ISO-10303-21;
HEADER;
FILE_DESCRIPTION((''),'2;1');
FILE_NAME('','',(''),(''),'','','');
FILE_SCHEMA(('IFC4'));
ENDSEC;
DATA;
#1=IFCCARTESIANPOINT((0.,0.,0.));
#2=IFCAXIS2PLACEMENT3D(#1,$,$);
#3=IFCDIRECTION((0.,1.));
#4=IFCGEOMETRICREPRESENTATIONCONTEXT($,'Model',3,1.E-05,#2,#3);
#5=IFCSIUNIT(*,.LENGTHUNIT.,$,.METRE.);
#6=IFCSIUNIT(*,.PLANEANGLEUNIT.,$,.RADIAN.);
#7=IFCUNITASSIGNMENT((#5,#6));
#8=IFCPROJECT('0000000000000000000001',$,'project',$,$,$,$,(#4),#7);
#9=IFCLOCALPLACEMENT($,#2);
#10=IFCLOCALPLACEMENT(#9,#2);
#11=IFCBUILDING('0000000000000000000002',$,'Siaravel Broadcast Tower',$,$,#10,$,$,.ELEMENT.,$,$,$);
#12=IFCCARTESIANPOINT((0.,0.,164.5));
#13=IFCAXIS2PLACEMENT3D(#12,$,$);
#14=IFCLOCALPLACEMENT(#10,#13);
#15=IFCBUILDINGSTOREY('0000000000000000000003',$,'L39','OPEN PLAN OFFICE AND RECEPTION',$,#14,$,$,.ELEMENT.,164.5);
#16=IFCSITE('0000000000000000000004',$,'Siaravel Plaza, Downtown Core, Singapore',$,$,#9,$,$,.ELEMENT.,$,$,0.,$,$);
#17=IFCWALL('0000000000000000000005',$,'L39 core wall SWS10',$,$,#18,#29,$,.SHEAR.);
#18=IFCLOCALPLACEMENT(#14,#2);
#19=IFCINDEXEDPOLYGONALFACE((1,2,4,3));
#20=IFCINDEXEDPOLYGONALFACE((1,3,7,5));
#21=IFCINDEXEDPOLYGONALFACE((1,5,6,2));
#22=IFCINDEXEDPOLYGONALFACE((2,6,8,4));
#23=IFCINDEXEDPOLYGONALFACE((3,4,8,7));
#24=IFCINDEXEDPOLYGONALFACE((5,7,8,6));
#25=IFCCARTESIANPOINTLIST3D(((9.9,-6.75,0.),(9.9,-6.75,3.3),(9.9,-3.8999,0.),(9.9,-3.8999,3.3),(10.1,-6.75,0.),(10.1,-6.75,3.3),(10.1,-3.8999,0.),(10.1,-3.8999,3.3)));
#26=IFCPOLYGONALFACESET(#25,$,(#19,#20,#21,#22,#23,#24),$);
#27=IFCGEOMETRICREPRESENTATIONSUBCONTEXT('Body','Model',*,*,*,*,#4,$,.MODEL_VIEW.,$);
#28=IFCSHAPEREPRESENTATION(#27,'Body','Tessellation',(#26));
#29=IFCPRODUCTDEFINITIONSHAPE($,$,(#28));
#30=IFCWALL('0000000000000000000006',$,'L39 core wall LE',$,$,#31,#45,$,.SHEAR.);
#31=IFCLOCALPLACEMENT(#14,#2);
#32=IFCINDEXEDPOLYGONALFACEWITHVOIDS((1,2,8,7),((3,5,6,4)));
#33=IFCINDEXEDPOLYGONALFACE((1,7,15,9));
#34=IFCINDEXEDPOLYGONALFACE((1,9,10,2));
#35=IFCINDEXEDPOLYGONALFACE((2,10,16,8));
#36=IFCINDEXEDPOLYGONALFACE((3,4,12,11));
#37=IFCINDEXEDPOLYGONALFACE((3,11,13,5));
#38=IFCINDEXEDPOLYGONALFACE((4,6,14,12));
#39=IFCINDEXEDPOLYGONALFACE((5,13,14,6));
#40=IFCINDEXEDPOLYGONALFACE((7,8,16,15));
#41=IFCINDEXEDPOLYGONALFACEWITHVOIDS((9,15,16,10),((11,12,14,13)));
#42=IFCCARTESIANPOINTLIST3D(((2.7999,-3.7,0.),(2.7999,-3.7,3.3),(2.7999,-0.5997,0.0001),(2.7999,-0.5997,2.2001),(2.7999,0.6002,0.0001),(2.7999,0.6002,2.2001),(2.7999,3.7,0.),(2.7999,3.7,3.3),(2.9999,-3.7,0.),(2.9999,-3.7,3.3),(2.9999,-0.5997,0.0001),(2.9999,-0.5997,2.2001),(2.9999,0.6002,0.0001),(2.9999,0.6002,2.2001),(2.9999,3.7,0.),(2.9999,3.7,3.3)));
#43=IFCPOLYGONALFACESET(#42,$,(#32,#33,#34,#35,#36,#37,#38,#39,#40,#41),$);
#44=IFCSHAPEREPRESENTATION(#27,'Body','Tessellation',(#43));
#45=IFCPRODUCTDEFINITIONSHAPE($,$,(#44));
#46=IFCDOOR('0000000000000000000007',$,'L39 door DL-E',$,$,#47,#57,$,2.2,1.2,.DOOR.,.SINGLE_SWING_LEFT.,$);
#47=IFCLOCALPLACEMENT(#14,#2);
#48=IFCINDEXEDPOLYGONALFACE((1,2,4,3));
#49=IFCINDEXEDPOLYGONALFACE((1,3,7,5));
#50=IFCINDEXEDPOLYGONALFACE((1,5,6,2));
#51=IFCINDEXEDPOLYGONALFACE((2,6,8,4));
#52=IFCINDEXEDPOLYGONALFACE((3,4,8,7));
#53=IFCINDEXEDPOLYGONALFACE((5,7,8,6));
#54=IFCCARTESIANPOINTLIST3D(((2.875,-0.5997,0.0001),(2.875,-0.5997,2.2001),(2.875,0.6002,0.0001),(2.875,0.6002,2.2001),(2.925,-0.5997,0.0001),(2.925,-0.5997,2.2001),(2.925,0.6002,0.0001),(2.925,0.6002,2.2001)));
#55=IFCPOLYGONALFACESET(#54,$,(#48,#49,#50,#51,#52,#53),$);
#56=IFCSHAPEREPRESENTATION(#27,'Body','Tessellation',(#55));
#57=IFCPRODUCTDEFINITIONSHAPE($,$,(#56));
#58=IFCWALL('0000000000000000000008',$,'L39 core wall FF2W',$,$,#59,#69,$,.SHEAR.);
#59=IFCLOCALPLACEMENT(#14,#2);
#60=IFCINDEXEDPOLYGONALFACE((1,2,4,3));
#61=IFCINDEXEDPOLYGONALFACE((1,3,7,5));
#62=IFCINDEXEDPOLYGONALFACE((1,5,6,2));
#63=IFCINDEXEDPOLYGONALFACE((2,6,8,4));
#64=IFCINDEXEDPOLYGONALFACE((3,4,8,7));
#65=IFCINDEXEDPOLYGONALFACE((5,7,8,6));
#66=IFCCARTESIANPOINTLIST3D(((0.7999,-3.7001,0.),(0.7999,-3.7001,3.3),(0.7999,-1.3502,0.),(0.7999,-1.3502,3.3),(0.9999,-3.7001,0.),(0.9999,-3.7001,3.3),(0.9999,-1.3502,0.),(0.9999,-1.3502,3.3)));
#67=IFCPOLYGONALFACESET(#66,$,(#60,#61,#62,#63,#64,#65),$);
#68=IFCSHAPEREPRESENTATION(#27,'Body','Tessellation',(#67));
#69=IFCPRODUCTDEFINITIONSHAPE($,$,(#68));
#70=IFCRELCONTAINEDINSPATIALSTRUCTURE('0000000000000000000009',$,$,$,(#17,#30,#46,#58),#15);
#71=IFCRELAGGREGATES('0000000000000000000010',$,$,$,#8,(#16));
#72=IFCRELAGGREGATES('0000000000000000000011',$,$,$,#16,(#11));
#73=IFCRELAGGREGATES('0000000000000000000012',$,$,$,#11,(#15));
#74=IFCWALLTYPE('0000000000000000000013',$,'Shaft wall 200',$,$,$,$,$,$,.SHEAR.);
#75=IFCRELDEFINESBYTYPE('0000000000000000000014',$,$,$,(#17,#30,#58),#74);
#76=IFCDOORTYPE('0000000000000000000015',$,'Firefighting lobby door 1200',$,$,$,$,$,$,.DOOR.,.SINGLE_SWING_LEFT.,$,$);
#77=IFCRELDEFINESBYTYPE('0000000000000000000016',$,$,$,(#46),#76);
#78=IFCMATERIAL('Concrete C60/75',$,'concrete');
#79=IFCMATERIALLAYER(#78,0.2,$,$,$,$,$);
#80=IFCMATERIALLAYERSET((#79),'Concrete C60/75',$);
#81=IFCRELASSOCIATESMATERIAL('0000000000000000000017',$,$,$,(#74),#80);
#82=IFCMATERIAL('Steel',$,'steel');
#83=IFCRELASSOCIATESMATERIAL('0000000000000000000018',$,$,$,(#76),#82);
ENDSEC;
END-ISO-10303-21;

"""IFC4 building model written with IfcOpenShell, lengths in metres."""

from ifc_helpers import new_model, si_unit, direction, frame, frame_2d, origin, place, context, subcontext, project, spatial, rectangle, extrude, material, layer, layer_set, type_object, element, fill, save


model = new_model("IFC4")

# Units and contexts
model_context = context("Model", 3, precision=1e-05, world=origin(), true_north=direction((0.0, 1.0)))
body_context = subcontext(model_context, "Body", "Model", "MODEL_VIEW")
ifc_project = project(units=[si_unit("LENGTHUNIT", "METRE"), si_unit("PLANEANGLEUNIT", "RADIAN")], contexts=[model_context])

# Site, building, storey
site_placement = place(None, origin())
site = spatial("IfcSite", under=ifc_project, at=site_placement, Name="Siaravel Plaza, Downtown Core, Singapore", CompositionType="ELEMENT", RefElevation=0.0)
building_placement = place(site_placement, origin())
building = spatial("IfcBuilding", under=site, at=building_placement, Name="Siaravel Broadcast Tower", CompositionType="ELEMENT")
storey_placement = place(building_placement, frame((0.0, 0.0, 164.5)))
storey = spatial("IfcBuildingStorey", under=building, at=storey_placement, Name="L39", Description="OPEN PLAN OFFICE AND RECEPTION", CompositionType="ELEMENT", Elevation=164.5)

# Shared definitions
ifc_material_1 = material(Name="Concrete C60/75", Category="concrete")
ifc_material_2 = material(Name="Steel", Category="steel")

# Wall
ifc_layer_1 = layer(ifc_material_1, 0.2)
ifc_layer_set_1 = layer_set([ifc_layer_1], Name="Concrete C60/75")
wall_type_1 = type_object("IfcWallType", Name="Shaft wall 200", PredefinedType="SHEAR", material=ifc_layer_set_1)
for number, where, z_axis, x_axis, name in (
    (1, (10.0, -6.75, 0.0), (0.0, 0.0, 1.0), (0.0, 1.0, 0.0), "L39 core wall SWS10"),
):
    element("IfcWall", number, at=place(storey_placement, frame(where, z_axis=z_axis, x_axis=x_axis)), inside=storey, type_object=wall_type_1, Name=name, PredefinedType="SHEAR", context=body_context, shape_type="SweptSolid", body=[
        extrude(rectangle(XDim=2.8501, YDim=0.2, at=frame_2d((1.425, 0.0))), origin(), (0.0, 0.0, 1.0), 3.3),
    ])

# Wall, opening, door
wall_1_placement = place(storey_placement, frame((2.8999, -3.7, 0.0), z_axis=(0.0, 0.0, 1.0), x_axis=(0.0, 1.0, 0.0)))
wall_1 = element("IfcWall", 2, at=wall_1_placement, inside=storey, type_object=wall_type_1, Name="L39 core wall LE", PredefinedType="SHEAR", context=body_context, shape_type="SweptSolid", body=[
    extrude(rectangle(XDim=7.3999, YDim=0.2, at=frame_2d((3.7, 0.0))), origin(), (0.0, 0.0, 1.0), 3.3),
])
opening_1_placement = place(wall_1_placement, frame((3.1001, 0.0, 0.0)))
opening_1 = element("IfcOpeningElement", 3, at=opening_1_placement, cuts=wall_1, PredefinedType="OPENING", context=body_context, shape_type="SweptSolid", body=[
    extrude(rectangle(XDim=1.2, YDim=2.2, at=frame_2d((0.6001, 1.1001))), frame((0.0, 0.1099, 0.0), z_axis=(0.0, -1.0, 0.0), x_axis=(1.0, 0.0, 0.0)), (0.0, 0.0, 1.0), 0.22),
])
door_type_1 = type_object("IfcDoorType", Name="Firefighting lobby door 1200", OperationType="SINGLE_SWING_LEFT", PredefinedType="DOOR", material=ifc_material_2)
door_1_placement = place(opening_1_placement, origin())
door_1 = element("IfcDoor", 4, at=door_1_placement, inside=storey, type_object=door_type_1, Name="L39 door DL-E", OperationType="SINGLE_SWING_LEFT", OverallHeight=2.2, OverallWidth=1.2, PredefinedType="DOOR", context=body_context, shape_type="SweptSolid", body=[
    extrude(rectangle(XDim=1.2, YDim=2.2, at=frame_2d((0.6001, 1.1001))), frame((0.0, 0.0249, 0.0), z_axis=(0.0, -1.0, 0.0), x_axis=(1.0, 0.0, 0.0)), (0.0, 0.0, 1.0), 0.05),
])
fill(opening_1, door_1)

# Wall
wall_2_placement = place(storey_placement, frame((0.8999, -3.7, 0.0), z_axis=(0.0, 0.0, 1.0), x_axis=(0.0, 1.0, 0.0)))
element("IfcWall", 5, at=wall_2_placement, inside=storey, type_object=wall_type_1, Name="L39 core wall FF2W", PredefinedType="SHEAR", context=body_context, shape_type="SweptSolid", body=[
    extrude(rectangle(XDim=2.3499, YDim=0.2, at=frame_2d((1.1748, 0.0))), origin(), (0.0, 0.0, 1.0), 3.3),
])

save(model, "model.ifc")
